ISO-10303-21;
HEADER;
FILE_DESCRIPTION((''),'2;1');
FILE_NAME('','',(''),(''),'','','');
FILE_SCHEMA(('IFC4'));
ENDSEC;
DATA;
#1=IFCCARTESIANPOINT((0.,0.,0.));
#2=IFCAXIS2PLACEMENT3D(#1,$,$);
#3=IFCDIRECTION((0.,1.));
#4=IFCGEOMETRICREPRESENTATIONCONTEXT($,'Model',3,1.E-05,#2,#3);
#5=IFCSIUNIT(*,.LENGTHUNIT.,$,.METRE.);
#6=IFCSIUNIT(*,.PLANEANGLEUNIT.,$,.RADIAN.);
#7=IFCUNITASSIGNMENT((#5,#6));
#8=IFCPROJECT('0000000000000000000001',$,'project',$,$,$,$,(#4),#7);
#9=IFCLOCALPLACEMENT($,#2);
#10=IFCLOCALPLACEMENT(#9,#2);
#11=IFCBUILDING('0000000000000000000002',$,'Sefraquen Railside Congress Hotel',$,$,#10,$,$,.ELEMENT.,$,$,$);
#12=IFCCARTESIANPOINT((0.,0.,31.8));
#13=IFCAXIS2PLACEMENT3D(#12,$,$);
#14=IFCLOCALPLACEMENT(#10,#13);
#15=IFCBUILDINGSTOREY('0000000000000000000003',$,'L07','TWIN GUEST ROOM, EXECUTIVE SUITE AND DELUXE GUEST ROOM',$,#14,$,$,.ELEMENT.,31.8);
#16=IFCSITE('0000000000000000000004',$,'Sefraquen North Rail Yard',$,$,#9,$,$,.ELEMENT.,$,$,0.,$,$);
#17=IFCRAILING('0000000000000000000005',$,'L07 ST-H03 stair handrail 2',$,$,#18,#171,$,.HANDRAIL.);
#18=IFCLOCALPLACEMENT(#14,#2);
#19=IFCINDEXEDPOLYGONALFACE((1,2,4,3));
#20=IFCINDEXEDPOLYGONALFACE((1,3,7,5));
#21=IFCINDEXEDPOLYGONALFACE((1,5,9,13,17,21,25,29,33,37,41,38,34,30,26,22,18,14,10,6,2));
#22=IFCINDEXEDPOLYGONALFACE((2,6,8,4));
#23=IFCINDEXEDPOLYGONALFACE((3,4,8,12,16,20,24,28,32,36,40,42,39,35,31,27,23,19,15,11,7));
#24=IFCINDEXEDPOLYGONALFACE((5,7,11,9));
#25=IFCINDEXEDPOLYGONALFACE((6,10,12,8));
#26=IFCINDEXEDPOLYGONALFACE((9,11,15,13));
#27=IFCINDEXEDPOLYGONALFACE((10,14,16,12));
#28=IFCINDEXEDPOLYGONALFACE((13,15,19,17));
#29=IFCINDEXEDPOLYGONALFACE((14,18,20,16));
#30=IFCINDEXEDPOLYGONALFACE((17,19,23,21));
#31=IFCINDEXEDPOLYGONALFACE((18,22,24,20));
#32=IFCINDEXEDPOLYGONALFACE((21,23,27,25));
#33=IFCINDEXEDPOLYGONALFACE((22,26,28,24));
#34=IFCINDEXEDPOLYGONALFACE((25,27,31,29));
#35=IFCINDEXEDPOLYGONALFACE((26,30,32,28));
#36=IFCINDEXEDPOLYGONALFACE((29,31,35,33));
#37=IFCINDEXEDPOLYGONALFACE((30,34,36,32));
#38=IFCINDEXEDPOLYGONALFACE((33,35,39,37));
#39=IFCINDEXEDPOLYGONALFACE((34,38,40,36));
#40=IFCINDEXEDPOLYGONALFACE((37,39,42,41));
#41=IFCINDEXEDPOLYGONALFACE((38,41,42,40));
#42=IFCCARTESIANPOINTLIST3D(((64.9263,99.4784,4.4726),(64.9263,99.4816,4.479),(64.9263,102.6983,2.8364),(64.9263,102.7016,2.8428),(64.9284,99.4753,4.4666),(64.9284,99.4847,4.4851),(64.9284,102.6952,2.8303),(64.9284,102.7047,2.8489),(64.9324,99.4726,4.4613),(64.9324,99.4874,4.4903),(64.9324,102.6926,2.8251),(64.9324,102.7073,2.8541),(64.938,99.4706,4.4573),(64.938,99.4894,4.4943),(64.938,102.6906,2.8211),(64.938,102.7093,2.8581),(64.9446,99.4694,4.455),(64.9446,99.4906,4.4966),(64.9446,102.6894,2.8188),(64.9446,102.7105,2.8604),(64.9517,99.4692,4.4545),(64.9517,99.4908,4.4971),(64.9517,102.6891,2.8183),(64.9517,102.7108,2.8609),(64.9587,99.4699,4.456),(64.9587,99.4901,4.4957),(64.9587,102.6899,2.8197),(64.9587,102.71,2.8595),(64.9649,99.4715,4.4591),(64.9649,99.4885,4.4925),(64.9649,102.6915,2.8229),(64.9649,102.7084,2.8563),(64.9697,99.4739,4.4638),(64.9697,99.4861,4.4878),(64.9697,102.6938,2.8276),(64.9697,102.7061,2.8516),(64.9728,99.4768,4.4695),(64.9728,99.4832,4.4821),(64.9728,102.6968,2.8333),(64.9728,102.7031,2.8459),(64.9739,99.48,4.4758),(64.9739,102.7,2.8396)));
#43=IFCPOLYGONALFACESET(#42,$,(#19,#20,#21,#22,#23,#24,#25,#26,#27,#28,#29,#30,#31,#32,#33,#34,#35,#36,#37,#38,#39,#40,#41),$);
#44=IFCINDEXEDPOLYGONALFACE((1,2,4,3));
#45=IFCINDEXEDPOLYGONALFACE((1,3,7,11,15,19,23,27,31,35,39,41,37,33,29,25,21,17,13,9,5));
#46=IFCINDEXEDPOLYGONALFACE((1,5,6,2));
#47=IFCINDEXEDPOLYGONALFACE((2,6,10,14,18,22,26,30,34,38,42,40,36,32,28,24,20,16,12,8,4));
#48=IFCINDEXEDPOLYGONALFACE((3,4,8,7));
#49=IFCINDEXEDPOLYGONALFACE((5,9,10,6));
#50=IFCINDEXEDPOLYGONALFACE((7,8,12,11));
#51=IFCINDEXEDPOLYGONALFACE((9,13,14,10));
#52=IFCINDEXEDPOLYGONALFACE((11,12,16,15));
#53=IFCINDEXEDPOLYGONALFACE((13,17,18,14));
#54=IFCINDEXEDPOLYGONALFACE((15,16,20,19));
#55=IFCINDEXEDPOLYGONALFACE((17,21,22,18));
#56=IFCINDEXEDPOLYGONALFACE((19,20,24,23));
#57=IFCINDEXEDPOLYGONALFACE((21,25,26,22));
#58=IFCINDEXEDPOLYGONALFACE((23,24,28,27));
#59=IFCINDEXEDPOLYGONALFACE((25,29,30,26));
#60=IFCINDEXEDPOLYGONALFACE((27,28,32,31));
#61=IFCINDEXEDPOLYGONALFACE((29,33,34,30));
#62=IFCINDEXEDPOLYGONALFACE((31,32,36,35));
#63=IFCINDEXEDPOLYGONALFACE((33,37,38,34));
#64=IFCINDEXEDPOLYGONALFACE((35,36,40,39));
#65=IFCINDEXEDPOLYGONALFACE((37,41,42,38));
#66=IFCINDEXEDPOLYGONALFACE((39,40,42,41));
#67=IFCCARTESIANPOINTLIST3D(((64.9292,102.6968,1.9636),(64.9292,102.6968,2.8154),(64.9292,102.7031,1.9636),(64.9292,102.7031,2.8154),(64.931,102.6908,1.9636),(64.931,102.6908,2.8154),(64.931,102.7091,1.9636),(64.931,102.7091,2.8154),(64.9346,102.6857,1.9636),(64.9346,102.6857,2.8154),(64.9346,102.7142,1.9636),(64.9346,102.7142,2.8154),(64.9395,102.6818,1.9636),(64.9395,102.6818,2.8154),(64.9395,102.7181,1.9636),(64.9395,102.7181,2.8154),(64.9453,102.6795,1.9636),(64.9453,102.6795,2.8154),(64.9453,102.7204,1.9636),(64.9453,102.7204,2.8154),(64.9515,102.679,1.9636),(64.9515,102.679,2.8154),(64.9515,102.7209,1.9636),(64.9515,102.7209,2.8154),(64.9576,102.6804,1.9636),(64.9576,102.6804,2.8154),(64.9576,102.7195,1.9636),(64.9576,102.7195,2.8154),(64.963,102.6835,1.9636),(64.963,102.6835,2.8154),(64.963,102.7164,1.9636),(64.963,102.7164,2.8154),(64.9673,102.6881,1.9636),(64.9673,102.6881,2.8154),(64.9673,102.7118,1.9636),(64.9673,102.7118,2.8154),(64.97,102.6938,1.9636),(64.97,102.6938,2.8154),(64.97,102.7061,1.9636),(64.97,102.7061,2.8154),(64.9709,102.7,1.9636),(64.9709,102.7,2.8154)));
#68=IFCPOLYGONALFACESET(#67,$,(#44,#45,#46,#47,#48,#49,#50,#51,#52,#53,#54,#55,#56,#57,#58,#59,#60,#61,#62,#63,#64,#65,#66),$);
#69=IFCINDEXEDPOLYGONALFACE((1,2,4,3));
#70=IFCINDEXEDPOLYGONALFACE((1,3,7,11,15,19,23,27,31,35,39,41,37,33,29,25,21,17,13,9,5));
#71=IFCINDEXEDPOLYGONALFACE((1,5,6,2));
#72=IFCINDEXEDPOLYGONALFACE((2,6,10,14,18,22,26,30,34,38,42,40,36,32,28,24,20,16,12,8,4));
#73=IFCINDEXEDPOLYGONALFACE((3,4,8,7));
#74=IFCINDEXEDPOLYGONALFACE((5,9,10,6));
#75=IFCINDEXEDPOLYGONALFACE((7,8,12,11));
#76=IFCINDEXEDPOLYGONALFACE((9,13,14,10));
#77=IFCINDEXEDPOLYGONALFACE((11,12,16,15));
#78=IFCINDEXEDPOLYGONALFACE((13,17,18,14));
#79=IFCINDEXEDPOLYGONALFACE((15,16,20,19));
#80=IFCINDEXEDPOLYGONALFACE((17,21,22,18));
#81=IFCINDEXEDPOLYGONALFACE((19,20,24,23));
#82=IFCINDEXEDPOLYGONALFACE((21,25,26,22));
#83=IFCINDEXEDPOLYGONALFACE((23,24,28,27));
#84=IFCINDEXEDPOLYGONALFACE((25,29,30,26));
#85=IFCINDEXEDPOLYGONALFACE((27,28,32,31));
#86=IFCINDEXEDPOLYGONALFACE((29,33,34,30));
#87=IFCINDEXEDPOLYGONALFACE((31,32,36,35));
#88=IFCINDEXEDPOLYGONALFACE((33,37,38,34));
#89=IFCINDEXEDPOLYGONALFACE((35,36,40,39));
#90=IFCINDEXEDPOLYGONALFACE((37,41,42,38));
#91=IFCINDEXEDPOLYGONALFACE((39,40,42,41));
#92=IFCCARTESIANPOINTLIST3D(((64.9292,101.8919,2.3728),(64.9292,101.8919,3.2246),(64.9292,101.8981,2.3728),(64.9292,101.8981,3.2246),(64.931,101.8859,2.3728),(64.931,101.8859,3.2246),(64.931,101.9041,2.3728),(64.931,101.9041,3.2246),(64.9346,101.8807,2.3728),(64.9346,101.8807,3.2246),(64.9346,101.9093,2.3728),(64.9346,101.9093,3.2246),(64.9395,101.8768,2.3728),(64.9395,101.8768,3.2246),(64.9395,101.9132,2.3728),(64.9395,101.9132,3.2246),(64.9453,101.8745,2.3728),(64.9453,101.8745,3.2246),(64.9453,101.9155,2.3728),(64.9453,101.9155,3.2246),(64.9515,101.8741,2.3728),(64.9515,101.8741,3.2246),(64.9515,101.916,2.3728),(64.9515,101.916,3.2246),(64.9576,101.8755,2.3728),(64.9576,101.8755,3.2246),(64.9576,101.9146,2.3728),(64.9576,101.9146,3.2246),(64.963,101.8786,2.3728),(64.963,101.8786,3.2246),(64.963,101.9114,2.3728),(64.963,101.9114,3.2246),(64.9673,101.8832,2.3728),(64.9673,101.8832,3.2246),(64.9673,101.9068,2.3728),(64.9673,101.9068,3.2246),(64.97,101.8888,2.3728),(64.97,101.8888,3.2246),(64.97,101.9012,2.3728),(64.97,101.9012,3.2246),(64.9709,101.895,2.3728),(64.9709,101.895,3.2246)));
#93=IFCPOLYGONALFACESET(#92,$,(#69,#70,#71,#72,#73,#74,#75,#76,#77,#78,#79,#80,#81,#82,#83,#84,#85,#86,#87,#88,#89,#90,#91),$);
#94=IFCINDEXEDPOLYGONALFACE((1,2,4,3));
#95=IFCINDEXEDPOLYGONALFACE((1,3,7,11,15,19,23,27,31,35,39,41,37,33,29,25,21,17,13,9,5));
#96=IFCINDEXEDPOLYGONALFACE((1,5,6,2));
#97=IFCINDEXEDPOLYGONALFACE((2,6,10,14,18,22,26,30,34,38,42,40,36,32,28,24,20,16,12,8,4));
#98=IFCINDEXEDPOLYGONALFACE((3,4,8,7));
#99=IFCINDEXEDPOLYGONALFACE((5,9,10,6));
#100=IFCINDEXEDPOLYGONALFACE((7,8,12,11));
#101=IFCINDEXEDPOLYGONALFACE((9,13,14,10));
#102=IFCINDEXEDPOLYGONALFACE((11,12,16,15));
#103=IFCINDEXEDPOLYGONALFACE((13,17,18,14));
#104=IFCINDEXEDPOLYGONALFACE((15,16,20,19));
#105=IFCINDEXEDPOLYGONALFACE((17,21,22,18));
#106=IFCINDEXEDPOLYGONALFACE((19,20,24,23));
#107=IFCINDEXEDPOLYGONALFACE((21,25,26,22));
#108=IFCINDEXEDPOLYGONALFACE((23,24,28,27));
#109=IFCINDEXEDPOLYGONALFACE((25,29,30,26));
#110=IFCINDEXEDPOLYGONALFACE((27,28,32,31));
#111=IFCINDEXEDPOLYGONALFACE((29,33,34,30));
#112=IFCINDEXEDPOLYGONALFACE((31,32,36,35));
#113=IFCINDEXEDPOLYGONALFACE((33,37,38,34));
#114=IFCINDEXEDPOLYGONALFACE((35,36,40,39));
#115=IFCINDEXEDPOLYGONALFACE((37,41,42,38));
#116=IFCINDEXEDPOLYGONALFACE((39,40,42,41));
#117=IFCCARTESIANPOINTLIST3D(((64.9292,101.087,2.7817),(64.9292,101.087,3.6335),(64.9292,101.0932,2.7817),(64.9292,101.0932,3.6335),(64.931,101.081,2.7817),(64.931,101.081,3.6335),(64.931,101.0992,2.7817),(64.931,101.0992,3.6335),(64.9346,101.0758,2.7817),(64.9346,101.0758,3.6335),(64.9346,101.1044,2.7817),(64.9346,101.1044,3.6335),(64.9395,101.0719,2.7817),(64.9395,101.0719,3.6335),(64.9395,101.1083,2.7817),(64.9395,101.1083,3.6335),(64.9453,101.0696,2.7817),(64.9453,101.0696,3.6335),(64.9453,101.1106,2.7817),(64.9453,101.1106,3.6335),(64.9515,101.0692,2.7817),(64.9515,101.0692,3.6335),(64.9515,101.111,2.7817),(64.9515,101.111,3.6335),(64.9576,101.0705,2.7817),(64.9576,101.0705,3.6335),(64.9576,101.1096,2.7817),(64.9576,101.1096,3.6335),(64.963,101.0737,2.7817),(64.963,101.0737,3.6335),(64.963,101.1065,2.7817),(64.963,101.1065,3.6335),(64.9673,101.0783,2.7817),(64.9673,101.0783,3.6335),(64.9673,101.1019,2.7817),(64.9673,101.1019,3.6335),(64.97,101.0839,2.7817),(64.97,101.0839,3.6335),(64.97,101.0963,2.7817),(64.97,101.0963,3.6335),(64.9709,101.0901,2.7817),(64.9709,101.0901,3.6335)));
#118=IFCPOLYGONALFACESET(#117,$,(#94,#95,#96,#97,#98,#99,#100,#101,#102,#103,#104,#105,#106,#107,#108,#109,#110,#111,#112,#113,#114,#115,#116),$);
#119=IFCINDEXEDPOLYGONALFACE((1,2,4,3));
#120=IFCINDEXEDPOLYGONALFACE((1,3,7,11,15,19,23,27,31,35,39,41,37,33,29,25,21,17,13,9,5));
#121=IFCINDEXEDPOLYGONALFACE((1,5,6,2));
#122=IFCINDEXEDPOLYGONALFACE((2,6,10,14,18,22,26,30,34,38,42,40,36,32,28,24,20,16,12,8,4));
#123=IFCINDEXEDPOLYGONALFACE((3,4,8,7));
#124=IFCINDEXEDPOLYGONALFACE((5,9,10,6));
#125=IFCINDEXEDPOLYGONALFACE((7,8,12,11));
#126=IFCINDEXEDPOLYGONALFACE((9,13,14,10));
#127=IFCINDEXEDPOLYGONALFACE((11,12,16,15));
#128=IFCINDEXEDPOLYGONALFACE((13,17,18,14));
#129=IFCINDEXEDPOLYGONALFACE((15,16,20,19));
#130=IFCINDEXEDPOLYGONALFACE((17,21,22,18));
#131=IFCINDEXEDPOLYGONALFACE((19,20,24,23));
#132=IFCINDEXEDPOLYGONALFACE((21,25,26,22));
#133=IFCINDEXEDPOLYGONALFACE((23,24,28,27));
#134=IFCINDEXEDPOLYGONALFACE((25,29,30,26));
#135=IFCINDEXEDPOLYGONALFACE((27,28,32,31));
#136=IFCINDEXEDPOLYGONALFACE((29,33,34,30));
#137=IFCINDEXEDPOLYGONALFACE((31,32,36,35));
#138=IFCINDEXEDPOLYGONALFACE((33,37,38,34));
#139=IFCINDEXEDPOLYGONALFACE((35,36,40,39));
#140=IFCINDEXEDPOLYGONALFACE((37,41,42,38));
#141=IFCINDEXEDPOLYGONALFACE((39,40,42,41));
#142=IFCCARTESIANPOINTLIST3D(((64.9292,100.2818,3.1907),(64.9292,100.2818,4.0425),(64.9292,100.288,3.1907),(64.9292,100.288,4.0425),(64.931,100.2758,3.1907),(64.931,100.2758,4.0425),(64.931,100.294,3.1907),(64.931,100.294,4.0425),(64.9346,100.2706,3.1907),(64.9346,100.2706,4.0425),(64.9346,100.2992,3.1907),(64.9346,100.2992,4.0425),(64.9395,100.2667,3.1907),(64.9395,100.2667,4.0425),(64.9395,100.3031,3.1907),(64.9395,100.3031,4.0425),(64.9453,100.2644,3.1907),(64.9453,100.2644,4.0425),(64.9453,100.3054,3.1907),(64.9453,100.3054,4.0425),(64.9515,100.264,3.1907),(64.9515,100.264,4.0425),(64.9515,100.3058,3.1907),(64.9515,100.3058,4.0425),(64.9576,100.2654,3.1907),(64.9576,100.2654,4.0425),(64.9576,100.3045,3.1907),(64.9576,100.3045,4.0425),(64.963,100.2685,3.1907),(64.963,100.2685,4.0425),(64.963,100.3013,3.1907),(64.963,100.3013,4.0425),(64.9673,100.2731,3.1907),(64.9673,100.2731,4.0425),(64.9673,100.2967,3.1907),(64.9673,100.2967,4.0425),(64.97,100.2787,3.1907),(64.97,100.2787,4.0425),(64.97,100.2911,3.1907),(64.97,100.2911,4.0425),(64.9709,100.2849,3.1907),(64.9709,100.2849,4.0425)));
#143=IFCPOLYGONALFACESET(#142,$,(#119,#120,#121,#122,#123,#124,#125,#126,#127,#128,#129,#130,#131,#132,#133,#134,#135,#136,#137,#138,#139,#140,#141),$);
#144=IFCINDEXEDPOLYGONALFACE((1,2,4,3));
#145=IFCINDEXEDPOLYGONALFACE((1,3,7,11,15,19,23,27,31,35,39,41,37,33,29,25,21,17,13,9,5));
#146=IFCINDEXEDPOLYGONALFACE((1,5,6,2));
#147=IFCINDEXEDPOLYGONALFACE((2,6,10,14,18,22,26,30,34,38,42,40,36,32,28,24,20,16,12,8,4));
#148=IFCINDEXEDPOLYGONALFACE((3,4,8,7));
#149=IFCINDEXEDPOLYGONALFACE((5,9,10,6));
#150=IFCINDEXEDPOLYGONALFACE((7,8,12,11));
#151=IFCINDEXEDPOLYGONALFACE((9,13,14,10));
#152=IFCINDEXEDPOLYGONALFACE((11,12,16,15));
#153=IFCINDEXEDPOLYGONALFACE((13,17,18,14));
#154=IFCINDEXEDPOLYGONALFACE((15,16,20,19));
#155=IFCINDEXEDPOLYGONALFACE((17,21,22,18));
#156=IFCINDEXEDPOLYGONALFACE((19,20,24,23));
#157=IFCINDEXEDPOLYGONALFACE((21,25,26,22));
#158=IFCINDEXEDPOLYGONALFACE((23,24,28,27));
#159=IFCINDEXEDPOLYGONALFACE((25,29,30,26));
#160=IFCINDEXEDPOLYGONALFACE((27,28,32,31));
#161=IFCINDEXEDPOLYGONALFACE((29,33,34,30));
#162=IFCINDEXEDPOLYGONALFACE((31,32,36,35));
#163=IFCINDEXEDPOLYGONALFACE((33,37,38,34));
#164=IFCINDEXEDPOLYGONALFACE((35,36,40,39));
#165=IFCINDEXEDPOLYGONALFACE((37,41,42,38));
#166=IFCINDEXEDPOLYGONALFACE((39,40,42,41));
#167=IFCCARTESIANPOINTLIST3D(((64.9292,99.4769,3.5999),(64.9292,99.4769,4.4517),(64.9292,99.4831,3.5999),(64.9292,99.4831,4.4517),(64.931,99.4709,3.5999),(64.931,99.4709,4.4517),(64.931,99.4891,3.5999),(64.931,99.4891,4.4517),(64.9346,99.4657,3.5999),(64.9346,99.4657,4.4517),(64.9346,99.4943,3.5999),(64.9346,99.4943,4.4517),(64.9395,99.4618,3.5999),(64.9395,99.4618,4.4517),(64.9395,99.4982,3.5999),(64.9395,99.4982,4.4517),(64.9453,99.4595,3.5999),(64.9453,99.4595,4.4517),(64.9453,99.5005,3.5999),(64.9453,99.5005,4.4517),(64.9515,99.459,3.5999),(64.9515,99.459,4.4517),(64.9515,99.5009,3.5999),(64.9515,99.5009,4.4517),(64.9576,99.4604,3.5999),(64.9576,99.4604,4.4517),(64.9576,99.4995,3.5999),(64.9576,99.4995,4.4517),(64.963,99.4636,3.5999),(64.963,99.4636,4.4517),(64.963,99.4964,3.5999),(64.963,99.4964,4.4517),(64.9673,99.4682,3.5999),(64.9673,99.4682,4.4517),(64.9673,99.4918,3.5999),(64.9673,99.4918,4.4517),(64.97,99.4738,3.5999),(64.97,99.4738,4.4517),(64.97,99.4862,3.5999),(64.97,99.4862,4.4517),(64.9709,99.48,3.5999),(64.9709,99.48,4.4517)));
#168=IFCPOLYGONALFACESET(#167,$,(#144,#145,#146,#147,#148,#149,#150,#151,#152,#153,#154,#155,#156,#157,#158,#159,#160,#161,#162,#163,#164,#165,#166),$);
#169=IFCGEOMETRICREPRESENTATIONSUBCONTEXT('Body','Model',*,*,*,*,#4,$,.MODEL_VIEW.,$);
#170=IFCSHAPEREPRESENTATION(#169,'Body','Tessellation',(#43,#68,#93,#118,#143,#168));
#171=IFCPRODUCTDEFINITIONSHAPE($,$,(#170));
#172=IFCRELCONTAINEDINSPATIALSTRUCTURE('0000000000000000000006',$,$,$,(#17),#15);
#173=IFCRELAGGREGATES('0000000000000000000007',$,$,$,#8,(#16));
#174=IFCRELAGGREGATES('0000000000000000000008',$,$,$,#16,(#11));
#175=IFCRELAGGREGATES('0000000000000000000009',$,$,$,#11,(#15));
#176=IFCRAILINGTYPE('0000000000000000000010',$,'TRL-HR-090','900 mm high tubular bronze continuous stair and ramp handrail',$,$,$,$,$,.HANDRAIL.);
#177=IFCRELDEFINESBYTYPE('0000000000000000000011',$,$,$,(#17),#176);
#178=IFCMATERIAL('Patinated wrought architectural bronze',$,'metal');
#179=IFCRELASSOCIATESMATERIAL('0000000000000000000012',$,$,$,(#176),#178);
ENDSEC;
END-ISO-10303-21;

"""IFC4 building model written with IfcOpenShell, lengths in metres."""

from ifc_helpers import new_model, si_unit, direction, frame, origin, origin_2d, place, context, subcontext, project, spatial, circle, extrude, material, type_object, element, save


model = new_model("IFC4")

# Units and contexts
model_context = context("Model", 3, precision=1e-05, world=origin(), true_north=direction((0.0, 1.0)))
body_context = subcontext(model_context, "Body", "Model", "MODEL_VIEW")
ifc_project = project(units=[si_unit("LENGTHUNIT", "METRE"), si_unit("PLANEANGLEUNIT", "RADIAN")], contexts=[model_context])

# Site, building, storey
site_placement = place(None, origin())
site = spatial("IfcSite", under=ifc_project, at=site_placement, Name="Sefraquen North Rail Yard", CompositionType="ELEMENT", RefElevation=0.0)
building_placement = place(site_placement, origin())
building = spatial("IfcBuilding", under=site, at=building_placement, Name="Sefraquen Railside Congress Hotel", CompositionType="ELEMENT")
storey_placement = place(building_placement, frame((0.0, 0.0, 31.8)))
storey = spatial("IfcBuildingStorey", under=building, at=storey_placement, Name="L07", Description="TWIN GUEST ROOM, EXECUTIVE SUITE AND DELUXE GUEST ROOM", CompositionType="ELEMENT", Elevation=31.8)

# Railing
ifc_material_1 = material(Name="Patinated wrought architectural bronze", Category="metal")
railing_type_1 = type_object("IfcRailingType", Name="TRL-HR-090", Description="900 mm high tubular bronze continuous stair and ramp handrail", PredefinedType="HANDRAIL", material=ifc_material_1)
railing_1_placement = place(storey_placement, frame((64.95, 102.7, 1.9636)))
element("IfcRailing", 1, at=railing_1_placement, inside=storey, type_object=railing_type_1, Name="L07 ST-H03 stair handrail 2", PredefinedType="HANDRAIL", context=body_context, shape_type="SweptSolid", body=[
    extrude(circle(Radius=0.0239, at=origin_2d()), frame((0.0, 0.0, 0.876), z_axis=(0.0, -0.891502, 0.453017), x_axis=(1.0, 0.0, 0.0)), (0.0, 0.0, 1.0), 3.6118),
    extrude(circle(Radius=0.021, at=origin_2d()), origin(), (0.0, 0.0, 1.0), 0.8518),
    extrude(circle(Radius=0.021, at=origin_2d()), frame((0.0, -0.8049, 0.4092)), (0.0, 0.0, 1.0), 0.8518),
    extrude(circle(Radius=0.021, at=origin_2d()), frame((0.0, -1.6099, 0.8181)), (0.0, 0.0, 1.0), 0.8518),
    extrude(circle(Radius=0.021, at=origin_2d()), frame((0.0, -2.415, 1.2271)), (0.0, 0.0, 1.0), 0.8518),
    extrude(circle(Radius=0.021, at=origin_2d()), frame((0.0, -3.22, 1.6362)), (0.0, 0.0, 1.0), 0.8518),
])

save(model, "model.ifc")
